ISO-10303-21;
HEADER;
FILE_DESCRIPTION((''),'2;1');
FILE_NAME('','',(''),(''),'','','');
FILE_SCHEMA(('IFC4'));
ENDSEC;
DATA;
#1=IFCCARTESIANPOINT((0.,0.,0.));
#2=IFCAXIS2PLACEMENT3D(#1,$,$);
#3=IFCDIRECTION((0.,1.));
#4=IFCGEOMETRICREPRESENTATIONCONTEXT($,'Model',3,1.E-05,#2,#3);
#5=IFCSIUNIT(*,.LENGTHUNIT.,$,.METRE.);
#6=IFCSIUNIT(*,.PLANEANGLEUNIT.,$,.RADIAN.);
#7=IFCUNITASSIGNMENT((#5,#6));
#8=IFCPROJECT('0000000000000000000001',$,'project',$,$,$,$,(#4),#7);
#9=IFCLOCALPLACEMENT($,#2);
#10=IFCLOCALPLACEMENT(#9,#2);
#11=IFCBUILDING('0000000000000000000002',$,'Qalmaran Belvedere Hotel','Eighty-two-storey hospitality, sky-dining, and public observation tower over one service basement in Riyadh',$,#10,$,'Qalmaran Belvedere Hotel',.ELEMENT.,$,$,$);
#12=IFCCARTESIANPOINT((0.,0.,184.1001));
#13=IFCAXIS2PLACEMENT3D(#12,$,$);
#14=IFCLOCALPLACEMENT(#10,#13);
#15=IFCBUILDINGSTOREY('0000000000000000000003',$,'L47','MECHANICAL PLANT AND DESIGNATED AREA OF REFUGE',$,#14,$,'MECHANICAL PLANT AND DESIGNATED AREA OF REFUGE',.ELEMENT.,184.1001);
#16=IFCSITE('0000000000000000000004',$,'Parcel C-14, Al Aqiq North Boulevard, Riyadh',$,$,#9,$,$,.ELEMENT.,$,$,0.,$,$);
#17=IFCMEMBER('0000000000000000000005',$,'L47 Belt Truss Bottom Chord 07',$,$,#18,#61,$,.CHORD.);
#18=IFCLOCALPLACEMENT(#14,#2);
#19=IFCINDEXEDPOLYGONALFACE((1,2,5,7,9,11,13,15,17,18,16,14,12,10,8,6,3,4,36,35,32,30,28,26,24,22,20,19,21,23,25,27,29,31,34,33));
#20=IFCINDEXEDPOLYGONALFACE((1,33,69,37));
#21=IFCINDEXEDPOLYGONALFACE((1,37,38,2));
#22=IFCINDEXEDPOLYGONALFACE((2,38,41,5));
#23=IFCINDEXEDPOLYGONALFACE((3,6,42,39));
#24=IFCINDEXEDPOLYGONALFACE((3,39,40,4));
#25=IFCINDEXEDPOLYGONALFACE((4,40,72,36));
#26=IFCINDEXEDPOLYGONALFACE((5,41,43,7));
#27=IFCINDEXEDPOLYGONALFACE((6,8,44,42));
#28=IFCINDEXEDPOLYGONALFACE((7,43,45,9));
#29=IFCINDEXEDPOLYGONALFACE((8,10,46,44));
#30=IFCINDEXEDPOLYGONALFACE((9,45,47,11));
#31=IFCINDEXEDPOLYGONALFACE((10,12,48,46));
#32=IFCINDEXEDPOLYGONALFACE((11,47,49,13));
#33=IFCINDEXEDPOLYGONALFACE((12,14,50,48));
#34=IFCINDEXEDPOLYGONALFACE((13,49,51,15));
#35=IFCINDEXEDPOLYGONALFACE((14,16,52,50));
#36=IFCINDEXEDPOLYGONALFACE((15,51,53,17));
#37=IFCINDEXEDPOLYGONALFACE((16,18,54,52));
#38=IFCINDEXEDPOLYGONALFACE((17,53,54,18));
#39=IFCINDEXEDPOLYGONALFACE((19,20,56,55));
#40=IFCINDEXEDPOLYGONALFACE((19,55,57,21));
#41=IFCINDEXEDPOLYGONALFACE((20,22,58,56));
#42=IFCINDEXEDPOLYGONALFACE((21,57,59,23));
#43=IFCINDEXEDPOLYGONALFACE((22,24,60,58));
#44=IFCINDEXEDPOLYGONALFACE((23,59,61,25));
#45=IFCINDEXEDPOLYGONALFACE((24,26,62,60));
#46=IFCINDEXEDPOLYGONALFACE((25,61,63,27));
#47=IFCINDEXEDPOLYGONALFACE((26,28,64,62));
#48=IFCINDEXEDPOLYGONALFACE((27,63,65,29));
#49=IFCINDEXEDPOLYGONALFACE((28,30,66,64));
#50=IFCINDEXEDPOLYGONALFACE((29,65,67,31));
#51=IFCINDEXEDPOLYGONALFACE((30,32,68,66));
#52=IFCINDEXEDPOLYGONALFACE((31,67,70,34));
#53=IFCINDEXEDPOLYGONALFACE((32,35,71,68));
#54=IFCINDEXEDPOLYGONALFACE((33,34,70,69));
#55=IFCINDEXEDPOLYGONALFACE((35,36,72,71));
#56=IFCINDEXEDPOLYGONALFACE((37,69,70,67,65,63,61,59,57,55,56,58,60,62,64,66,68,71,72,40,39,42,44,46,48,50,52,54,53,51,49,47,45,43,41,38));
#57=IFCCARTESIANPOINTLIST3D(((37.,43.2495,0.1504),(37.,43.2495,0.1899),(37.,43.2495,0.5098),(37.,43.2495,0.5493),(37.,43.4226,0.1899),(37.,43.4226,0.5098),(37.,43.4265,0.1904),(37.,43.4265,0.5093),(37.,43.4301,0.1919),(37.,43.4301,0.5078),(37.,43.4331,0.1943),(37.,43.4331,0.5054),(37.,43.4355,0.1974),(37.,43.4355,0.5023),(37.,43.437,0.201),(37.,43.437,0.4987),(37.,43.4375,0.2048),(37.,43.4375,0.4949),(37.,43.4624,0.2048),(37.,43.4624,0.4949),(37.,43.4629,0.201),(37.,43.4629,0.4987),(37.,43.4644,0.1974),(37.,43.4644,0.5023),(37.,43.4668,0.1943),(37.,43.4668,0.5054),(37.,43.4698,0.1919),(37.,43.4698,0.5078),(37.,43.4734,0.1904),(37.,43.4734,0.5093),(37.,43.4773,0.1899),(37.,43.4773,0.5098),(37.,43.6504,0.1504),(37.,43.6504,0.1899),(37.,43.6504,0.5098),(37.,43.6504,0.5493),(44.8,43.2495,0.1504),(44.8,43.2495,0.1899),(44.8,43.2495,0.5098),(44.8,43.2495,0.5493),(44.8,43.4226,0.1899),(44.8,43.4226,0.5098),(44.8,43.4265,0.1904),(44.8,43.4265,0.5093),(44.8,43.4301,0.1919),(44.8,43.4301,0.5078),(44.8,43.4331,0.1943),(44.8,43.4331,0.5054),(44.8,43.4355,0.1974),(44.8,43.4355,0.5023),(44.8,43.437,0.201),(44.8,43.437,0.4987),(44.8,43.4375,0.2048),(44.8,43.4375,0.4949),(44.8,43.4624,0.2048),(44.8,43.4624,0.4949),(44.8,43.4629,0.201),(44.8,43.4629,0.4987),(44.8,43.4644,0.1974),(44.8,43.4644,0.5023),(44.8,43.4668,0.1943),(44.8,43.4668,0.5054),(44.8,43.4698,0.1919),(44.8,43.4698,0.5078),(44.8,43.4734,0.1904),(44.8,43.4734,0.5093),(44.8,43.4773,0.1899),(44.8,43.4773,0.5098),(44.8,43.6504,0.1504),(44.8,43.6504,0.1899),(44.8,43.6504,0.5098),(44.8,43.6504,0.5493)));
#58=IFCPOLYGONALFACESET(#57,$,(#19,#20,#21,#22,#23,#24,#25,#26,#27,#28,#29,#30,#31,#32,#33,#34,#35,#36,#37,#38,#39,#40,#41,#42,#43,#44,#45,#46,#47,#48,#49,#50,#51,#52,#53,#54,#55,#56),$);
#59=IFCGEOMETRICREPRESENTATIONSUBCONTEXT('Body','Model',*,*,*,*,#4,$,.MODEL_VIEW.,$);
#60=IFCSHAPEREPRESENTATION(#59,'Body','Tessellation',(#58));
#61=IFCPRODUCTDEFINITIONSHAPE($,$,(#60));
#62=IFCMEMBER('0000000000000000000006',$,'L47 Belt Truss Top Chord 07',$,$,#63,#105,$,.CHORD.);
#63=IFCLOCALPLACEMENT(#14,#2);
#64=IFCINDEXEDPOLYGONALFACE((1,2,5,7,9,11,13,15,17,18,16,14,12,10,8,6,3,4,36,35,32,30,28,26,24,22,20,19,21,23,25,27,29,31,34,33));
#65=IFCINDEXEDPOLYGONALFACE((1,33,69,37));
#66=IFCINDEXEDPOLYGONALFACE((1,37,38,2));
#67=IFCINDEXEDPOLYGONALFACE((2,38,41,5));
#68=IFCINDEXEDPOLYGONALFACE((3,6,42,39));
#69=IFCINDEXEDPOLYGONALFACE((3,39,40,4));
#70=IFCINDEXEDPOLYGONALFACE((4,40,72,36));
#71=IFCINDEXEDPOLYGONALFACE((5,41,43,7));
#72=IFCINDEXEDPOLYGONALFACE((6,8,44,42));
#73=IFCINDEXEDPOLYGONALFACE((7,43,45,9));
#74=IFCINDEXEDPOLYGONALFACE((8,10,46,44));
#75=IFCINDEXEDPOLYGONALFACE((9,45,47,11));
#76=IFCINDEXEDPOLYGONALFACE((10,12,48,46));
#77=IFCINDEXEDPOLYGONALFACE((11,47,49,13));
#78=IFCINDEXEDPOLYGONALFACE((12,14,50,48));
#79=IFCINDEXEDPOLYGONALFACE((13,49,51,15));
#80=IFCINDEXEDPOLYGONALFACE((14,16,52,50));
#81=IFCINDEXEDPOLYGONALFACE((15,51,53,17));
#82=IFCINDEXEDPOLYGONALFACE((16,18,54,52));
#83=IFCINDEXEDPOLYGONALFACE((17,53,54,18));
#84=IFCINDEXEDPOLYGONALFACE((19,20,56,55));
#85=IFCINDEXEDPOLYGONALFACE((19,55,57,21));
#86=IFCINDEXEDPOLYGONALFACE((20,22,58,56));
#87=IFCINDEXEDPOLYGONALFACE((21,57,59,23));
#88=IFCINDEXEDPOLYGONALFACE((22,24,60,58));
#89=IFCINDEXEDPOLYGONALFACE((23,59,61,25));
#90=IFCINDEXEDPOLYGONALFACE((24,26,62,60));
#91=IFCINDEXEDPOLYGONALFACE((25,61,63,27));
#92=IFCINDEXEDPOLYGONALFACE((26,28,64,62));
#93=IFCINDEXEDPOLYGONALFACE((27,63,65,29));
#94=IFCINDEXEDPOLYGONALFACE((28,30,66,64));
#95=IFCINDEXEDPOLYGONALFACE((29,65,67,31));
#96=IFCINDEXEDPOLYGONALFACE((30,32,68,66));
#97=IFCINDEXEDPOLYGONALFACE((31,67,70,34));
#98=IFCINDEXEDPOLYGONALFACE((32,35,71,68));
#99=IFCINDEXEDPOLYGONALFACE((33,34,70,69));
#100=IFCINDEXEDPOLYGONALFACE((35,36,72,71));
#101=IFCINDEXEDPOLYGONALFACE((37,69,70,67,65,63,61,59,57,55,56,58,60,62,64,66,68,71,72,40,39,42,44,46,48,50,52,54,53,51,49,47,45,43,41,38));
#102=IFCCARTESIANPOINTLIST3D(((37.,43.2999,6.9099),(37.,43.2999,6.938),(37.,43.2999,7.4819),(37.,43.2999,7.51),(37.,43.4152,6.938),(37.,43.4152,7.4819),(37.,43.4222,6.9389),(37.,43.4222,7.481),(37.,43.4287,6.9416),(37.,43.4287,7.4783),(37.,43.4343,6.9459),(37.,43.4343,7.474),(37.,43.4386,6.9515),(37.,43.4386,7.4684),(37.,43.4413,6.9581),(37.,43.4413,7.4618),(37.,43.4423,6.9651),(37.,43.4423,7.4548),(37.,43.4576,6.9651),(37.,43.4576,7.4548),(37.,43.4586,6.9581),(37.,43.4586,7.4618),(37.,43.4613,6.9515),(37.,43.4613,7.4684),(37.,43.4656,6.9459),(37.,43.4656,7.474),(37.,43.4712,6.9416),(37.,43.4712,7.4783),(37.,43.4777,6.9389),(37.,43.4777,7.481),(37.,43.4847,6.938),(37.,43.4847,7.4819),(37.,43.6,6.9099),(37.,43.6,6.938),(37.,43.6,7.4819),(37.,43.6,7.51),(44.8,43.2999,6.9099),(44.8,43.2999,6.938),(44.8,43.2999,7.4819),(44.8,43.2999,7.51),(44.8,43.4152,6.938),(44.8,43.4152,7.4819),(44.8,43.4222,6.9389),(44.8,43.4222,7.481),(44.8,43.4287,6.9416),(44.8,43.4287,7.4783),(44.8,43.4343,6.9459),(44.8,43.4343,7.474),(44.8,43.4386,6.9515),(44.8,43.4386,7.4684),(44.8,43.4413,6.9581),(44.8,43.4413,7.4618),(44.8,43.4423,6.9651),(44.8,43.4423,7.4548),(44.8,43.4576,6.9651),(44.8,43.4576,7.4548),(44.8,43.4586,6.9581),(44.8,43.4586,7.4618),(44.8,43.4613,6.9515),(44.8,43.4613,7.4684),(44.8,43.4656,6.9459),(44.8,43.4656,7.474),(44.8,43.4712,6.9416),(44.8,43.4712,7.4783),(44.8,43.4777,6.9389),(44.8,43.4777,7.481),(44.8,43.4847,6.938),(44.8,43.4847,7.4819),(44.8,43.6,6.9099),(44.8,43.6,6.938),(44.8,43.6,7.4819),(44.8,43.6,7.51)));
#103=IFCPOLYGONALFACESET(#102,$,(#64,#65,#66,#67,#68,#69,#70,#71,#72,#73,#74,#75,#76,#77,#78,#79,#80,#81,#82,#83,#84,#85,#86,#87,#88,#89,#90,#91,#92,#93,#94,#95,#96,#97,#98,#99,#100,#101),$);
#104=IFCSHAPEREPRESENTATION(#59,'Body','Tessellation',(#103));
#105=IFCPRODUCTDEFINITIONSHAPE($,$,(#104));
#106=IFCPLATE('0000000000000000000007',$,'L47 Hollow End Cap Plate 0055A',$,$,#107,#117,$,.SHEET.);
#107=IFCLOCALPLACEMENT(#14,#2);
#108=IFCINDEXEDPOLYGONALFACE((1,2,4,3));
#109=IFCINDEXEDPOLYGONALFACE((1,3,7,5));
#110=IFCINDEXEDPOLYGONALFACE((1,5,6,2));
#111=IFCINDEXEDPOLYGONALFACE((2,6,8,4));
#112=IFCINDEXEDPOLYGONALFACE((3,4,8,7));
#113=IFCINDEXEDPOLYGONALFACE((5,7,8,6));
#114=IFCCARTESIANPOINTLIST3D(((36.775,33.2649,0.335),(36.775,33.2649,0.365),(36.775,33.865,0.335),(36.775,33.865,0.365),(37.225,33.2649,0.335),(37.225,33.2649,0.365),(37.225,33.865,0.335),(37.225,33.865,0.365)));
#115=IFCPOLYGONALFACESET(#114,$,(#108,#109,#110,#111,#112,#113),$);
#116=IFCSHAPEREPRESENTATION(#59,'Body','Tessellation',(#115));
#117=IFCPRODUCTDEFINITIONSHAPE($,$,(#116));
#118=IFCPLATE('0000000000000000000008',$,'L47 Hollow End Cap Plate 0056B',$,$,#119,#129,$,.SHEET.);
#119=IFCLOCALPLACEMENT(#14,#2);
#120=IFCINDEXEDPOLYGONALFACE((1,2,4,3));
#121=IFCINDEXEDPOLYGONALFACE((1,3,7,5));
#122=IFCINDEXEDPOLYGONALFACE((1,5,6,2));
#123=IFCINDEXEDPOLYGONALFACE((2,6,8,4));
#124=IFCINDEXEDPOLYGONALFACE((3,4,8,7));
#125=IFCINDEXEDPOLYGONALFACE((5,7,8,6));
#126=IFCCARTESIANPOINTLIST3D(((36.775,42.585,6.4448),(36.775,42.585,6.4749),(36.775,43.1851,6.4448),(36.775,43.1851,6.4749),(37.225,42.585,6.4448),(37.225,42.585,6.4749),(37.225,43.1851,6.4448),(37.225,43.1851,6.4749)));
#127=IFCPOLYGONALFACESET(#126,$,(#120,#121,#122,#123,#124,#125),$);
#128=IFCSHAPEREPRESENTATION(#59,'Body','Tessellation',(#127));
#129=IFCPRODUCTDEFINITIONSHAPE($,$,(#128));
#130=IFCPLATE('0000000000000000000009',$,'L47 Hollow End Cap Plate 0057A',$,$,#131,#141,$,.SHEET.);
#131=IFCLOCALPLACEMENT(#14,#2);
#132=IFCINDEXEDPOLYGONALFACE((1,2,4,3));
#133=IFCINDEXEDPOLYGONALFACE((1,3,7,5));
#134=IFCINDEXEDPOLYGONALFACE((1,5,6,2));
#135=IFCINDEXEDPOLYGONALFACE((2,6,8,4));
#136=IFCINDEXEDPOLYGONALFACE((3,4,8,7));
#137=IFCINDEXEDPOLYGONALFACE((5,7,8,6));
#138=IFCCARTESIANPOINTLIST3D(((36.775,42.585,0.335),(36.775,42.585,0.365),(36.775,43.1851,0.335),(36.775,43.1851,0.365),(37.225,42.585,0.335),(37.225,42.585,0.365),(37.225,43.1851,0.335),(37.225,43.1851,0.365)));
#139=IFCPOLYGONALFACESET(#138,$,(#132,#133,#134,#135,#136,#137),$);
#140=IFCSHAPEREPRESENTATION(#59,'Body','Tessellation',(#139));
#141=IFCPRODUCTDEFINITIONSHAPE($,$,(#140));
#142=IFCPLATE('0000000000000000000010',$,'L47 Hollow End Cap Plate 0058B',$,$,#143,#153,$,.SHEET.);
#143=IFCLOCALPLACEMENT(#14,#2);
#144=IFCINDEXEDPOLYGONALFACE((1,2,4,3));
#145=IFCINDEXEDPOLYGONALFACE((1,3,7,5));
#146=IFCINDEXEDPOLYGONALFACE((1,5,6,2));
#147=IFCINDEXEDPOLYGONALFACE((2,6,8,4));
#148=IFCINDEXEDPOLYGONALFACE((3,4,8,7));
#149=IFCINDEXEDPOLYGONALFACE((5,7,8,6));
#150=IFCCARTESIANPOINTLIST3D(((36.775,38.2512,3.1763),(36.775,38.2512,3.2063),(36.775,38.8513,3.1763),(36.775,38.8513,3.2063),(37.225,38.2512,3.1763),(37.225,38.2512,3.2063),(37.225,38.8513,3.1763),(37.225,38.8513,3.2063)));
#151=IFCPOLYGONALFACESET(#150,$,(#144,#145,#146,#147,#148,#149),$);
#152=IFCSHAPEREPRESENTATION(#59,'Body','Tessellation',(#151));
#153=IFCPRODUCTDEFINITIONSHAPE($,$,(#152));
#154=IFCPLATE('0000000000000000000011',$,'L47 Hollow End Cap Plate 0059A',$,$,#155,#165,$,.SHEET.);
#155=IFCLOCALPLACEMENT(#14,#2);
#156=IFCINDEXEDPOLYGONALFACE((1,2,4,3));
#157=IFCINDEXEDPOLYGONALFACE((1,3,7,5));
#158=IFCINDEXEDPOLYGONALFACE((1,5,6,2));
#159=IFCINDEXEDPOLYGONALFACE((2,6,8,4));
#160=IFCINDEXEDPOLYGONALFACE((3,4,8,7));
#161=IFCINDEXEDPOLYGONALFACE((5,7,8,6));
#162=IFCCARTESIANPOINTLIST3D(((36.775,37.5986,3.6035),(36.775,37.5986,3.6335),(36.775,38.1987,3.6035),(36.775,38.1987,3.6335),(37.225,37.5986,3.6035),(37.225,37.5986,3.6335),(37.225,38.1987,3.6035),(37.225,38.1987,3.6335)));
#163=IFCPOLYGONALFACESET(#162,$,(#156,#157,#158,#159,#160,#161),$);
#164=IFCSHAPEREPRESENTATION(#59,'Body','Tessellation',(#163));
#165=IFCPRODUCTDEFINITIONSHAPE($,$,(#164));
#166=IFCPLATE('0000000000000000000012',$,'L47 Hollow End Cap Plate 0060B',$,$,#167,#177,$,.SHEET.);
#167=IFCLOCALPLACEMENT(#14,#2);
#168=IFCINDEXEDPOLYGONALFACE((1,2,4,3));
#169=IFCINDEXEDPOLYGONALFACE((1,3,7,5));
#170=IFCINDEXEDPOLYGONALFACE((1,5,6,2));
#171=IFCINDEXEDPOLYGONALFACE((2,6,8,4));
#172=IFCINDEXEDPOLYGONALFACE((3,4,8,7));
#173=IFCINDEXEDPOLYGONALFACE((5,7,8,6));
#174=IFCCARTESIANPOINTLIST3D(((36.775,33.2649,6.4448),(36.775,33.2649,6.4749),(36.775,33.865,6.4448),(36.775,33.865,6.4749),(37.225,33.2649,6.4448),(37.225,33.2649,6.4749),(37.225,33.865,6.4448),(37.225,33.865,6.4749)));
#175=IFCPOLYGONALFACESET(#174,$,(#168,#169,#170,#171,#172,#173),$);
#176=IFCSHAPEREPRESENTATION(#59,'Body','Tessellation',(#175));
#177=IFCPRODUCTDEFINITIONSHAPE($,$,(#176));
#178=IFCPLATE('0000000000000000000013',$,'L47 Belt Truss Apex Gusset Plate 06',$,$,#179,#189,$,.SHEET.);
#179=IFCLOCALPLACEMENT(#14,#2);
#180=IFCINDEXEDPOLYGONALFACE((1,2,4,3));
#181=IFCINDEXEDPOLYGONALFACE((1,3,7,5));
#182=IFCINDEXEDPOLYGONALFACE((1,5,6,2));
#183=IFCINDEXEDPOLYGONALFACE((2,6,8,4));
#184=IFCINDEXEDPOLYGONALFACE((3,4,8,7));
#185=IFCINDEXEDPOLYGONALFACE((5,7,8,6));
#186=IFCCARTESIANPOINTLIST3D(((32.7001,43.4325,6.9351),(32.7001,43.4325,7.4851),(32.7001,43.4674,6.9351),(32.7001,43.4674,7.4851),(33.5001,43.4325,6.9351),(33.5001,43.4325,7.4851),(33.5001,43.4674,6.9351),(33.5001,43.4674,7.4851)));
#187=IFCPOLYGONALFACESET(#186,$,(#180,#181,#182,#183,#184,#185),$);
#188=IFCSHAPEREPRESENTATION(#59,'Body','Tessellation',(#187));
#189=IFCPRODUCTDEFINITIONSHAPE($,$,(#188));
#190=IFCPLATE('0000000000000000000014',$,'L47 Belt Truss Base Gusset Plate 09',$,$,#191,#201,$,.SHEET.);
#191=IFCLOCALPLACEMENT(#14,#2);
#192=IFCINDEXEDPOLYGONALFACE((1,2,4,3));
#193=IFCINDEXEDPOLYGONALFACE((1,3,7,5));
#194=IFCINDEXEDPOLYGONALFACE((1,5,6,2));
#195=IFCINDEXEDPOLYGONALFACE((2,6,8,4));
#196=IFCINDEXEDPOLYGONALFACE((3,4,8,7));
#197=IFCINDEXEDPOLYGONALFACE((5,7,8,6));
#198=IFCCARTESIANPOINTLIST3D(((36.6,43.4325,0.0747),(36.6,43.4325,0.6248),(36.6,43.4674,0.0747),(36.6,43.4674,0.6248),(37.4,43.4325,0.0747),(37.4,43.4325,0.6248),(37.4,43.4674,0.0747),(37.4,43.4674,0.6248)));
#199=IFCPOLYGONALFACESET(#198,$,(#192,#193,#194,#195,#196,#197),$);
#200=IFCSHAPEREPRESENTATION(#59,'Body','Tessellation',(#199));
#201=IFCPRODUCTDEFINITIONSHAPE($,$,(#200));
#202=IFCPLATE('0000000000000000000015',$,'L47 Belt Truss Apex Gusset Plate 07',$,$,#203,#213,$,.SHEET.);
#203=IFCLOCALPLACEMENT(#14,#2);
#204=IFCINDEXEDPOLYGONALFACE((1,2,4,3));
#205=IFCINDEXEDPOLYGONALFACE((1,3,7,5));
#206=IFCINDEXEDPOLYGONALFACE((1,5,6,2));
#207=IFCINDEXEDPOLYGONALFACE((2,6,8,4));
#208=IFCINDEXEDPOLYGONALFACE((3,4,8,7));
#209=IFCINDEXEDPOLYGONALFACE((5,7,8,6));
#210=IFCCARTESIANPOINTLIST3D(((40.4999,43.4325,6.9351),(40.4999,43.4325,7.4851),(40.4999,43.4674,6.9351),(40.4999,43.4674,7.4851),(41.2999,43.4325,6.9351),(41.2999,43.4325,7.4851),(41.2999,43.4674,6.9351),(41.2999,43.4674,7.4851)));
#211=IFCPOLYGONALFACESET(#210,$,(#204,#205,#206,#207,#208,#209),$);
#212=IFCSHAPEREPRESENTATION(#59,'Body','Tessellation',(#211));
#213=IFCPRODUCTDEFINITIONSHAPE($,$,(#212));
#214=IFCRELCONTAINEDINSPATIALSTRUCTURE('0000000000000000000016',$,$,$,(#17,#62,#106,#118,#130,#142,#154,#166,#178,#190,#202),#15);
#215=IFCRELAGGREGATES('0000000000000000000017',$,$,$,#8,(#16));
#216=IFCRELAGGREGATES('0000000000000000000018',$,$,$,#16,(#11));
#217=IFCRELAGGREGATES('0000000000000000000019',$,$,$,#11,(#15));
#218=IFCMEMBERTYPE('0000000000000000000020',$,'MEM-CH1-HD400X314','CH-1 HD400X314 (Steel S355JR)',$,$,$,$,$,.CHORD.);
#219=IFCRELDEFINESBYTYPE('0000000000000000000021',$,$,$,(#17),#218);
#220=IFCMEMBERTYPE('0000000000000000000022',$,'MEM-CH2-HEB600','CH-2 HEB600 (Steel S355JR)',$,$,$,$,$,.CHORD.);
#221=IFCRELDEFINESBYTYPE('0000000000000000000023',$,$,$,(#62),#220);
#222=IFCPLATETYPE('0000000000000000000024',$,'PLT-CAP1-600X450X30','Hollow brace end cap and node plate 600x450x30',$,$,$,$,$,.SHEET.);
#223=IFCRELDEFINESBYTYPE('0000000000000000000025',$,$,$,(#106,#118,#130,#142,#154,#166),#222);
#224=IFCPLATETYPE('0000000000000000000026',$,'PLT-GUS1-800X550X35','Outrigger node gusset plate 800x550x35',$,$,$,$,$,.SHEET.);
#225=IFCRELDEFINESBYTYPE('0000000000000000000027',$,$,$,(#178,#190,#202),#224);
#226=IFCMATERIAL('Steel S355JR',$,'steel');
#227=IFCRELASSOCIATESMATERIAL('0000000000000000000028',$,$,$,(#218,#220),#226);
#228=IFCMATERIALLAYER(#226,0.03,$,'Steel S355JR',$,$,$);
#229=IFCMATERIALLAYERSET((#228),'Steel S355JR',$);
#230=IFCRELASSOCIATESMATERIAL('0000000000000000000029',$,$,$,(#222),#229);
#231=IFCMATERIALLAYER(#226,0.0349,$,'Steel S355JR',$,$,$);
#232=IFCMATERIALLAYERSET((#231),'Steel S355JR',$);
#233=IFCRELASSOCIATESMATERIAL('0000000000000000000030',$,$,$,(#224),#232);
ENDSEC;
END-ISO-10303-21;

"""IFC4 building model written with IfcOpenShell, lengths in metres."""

from ifc_helpers import new_model, si_unit, direction, frame, origin, origin_2d, place, context, subcontext, project, spatial, rectangle, i_section, extrude, material, layer, layer_set, material_profile, profile_set, type_object, element, save


model = new_model("IFC4")

# Units and contexts
model_context = context("Model", 3, precision=1e-05, world=origin(), true_north=direction((0.0, 1.0)))
body_context = subcontext(model_context, "Body", "Model", "MODEL_VIEW")
ifc_project = project(units=[si_unit("LENGTHUNIT", "METRE"), si_unit("PLANEANGLEUNIT", "RADIAN")], contexts=[model_context])

# Site, building, storey
site_placement = place(None, origin())
site = spatial("IfcSite", under=ifc_project, at=site_placement, Name="Parcel C-14, Al Aqiq North Boulevard, Riyadh", CompositionType="ELEMENT", RefElevation=0.0)
building_placement = place(site_placement, origin())
building = spatial("IfcBuilding", under=site, at=building_placement, Name="Qalmaran Belvedere Hotel", Description="Eighty-two-storey hospitality, sky-dining, and public observation tower over one service basement in Riyadh", LongName="Qalmaran Belvedere Hotel", CompositionType="ELEMENT")
storey_placement = place(building_placement, frame((0.0, 0.0, 184.1001)))
storey = spatial("IfcBuildingStorey", under=building, at=storey_placement, Name="L47", Description="MECHANICAL PLANT AND DESIGNATED AREA OF REFUGE", LongName="MECHANICAL PLANT AND DESIGNATED AREA OF REFUGE", CompositionType="ELEMENT", Elevation=184.1001)

# Shared definitions
ifc_material_1 = material(Name="Steel S355JR", Category="steel")

# Members
ifc_material_profile_1 = material_profile(ifc_material_1, i_section(OverallWidth=0.4009, OverallDepth=0.3989, WebThickness=0.0249, FlangeThickness=0.0396, FilletRadius=0.0149, at=origin_2d()), Name="HD400X314")
ifc_profile_set_1 = profile_set([ifc_material_profile_1], Name="Steel S355JR")
member_type_1 = type_object("IfcMemberType", Name="MEM-CH1-HD400X314", Description="CH-1 HD400X314 (Steel S355JR)", PredefinedType="CHORD", material=ifc_profile_set_1)
member_1_placement = place(storey_placement, frame((37.0, 43.45, 0.3499), z_axis=(1.0, 0.0, 0.0), x_axis=(0.0, 1.0, 0.0)))
element("IfcMember", 1, at=member_1_placement, inside=storey, type_object=member_type_1, Name="L47 Belt Truss Bottom Chord 07", PredefinedType="CHORD", context=body_context, shape_type="SweptSolid", body=[
    extrude(i_section(OverallWidth=0.4009, OverallDepth=0.3989, WebThickness=0.0249, FlangeThickness=0.0396, FilletRadius=0.0149, at=origin_2d()), origin(), (0.0, 0.0, 1.0), 7.8),
])
ifc_material_profile_2 = material_profile(ifc_material_1, i_section(OverallWidth=0.3, OverallDepth=0.6001, WebThickness=0.0154, FlangeThickness=0.0281, FilletRadius=0.0271, at=origin_2d()), Name="HEB600")
ifc_profile_set_2 = profile_set([ifc_material_profile_2], Name="Steel S355JR")
member_type_2 = type_object("IfcMemberType", Name="MEM-CH2-HEB600", Description="CH-2 HEB600 (Steel S355JR)", PredefinedType="CHORD", material=ifc_profile_set_2)
member_2_placement = place(storey_placement, frame((37.0, 43.45, 7.21), z_axis=(1.0, 0.0, 0.0), x_axis=(0.0, 1.0, 0.0)))
element("IfcMember", 2, at=member_2_placement, inside=storey, type_object=member_type_2, Name="L47 Belt Truss Top Chord 07", PredefinedType="CHORD", context=body_context, shape_type="SweptSolid", body=[
    extrude(i_section(OverallWidth=0.3, OverallDepth=0.6001, WebThickness=0.0154, FlangeThickness=0.0281, FilletRadius=0.0271, at=origin_2d()), origin(), (0.0, 0.0, 1.0), 7.8),
])

# Plates
ifc_layer_1 = layer(ifc_material_1, 0.03, Name="Steel S355JR")
ifc_layer_set_1 = layer_set([ifc_layer_1], Name="Steel S355JR")
plate_type_1 = type_object("IfcPlateType", Name="PLT-CAP1-600X450X30", Description="Hollow brace end cap and node plate 600x450x30", PredefinedType="SHEET", material=ifc_layer_set_1)
for number, where, z_axis, x_axis, name in (
    (3, (37.0, 33.5649, 0.335), (0.0, 0.0, 1.0), (0.0, 1.0, 0.0), "L47 Hollow End Cap Plate 0055A"),
    (4, (37.0, 42.885, 6.4448), (0.0, 0.0, 1.0), (0.0, 1.0, 0.0), "L47 Hollow End Cap Plate 0056B"),
    (5, (37.0, 42.885, 0.335), (0.0, 0.0, 1.0), (0.0, -1.0, 0.0), "L47 Hollow End Cap Plate 0057A"),
    (6, (37.0, 38.5513, 3.1763), (0.0, 0.0, 1.0), (0.0, -1.0, 0.0), "L47 Hollow End Cap Plate 0058B"),
    (7, (37.0, 37.8987, 3.6035), (0.0, 0.0, 1.0), (0.0, -1.0, 0.0), "L47 Hollow End Cap Plate 0059A"),
    (8, (37.0, 33.5649, 6.4448), (0.0, 0.0, 1.0), (0.0, -1.0, 0.0), "L47 Hollow End Cap Plate 0060B"),
):
    element("IfcPlate", number, at=place(storey_placement, frame(where, z_axis=z_axis, x_axis=x_axis)), inside=storey, type_object=plate_type_1, Name=name, PredefinedType="SHEET", context=body_context, shape_type="SweptSolid", body=[
        extrude(rectangle(XDim=0.6001, YDim=0.45, at=origin_2d()), origin(), (0.0, 0.0, 1.0), 0.03),
    ])
ifc_layer_2 = layer(ifc_material_1, 0.0349, Name="Steel S355JR")
ifc_layer_set_2 = layer_set([ifc_layer_2], Name="Steel S355JR")
plate_type_2 = type_object("IfcPlateType", Name="PLT-GUS1-800X550X35", Description="Outrigger node gusset plate 800x550x35", PredefinedType="SHEET", material=ifc_layer_set_2)
for number, where, z_axis, x_axis, name in (
    (9, (33.1001, 43.45, 6.9351), (0.0, 0.0, 1.0), (1.0, 0.0, 0.0), "L47 Belt Truss Apex Gusset Plate 06"),
    (10, (37.0, 43.45, 0.0747), (0.0, 0.0, 1.0), (1.0, 0.0, 0.0), "L47 Belt Truss Base Gusset Plate 09"),
    (11, (40.8999, 43.45, 6.9351), (0.0, 0.0, 1.0), (1.0, 0.0, 0.0), "L47 Belt Truss Apex Gusset Plate 07"),
):
    element("IfcPlate", number, at=place(storey_placement, frame(where, z_axis=z_axis, x_axis=x_axis)), inside=storey, type_object=plate_type_2, Name=name, PredefinedType="SHEET", context=body_context, shape_type="SweptSolid", body=[
        extrude(rectangle(XDim=0.8, YDim=0.0349, at=origin_2d()), origin(), (0.0, 0.0, 1.0), 0.55),
    ])

save(model, "model.ifc")
